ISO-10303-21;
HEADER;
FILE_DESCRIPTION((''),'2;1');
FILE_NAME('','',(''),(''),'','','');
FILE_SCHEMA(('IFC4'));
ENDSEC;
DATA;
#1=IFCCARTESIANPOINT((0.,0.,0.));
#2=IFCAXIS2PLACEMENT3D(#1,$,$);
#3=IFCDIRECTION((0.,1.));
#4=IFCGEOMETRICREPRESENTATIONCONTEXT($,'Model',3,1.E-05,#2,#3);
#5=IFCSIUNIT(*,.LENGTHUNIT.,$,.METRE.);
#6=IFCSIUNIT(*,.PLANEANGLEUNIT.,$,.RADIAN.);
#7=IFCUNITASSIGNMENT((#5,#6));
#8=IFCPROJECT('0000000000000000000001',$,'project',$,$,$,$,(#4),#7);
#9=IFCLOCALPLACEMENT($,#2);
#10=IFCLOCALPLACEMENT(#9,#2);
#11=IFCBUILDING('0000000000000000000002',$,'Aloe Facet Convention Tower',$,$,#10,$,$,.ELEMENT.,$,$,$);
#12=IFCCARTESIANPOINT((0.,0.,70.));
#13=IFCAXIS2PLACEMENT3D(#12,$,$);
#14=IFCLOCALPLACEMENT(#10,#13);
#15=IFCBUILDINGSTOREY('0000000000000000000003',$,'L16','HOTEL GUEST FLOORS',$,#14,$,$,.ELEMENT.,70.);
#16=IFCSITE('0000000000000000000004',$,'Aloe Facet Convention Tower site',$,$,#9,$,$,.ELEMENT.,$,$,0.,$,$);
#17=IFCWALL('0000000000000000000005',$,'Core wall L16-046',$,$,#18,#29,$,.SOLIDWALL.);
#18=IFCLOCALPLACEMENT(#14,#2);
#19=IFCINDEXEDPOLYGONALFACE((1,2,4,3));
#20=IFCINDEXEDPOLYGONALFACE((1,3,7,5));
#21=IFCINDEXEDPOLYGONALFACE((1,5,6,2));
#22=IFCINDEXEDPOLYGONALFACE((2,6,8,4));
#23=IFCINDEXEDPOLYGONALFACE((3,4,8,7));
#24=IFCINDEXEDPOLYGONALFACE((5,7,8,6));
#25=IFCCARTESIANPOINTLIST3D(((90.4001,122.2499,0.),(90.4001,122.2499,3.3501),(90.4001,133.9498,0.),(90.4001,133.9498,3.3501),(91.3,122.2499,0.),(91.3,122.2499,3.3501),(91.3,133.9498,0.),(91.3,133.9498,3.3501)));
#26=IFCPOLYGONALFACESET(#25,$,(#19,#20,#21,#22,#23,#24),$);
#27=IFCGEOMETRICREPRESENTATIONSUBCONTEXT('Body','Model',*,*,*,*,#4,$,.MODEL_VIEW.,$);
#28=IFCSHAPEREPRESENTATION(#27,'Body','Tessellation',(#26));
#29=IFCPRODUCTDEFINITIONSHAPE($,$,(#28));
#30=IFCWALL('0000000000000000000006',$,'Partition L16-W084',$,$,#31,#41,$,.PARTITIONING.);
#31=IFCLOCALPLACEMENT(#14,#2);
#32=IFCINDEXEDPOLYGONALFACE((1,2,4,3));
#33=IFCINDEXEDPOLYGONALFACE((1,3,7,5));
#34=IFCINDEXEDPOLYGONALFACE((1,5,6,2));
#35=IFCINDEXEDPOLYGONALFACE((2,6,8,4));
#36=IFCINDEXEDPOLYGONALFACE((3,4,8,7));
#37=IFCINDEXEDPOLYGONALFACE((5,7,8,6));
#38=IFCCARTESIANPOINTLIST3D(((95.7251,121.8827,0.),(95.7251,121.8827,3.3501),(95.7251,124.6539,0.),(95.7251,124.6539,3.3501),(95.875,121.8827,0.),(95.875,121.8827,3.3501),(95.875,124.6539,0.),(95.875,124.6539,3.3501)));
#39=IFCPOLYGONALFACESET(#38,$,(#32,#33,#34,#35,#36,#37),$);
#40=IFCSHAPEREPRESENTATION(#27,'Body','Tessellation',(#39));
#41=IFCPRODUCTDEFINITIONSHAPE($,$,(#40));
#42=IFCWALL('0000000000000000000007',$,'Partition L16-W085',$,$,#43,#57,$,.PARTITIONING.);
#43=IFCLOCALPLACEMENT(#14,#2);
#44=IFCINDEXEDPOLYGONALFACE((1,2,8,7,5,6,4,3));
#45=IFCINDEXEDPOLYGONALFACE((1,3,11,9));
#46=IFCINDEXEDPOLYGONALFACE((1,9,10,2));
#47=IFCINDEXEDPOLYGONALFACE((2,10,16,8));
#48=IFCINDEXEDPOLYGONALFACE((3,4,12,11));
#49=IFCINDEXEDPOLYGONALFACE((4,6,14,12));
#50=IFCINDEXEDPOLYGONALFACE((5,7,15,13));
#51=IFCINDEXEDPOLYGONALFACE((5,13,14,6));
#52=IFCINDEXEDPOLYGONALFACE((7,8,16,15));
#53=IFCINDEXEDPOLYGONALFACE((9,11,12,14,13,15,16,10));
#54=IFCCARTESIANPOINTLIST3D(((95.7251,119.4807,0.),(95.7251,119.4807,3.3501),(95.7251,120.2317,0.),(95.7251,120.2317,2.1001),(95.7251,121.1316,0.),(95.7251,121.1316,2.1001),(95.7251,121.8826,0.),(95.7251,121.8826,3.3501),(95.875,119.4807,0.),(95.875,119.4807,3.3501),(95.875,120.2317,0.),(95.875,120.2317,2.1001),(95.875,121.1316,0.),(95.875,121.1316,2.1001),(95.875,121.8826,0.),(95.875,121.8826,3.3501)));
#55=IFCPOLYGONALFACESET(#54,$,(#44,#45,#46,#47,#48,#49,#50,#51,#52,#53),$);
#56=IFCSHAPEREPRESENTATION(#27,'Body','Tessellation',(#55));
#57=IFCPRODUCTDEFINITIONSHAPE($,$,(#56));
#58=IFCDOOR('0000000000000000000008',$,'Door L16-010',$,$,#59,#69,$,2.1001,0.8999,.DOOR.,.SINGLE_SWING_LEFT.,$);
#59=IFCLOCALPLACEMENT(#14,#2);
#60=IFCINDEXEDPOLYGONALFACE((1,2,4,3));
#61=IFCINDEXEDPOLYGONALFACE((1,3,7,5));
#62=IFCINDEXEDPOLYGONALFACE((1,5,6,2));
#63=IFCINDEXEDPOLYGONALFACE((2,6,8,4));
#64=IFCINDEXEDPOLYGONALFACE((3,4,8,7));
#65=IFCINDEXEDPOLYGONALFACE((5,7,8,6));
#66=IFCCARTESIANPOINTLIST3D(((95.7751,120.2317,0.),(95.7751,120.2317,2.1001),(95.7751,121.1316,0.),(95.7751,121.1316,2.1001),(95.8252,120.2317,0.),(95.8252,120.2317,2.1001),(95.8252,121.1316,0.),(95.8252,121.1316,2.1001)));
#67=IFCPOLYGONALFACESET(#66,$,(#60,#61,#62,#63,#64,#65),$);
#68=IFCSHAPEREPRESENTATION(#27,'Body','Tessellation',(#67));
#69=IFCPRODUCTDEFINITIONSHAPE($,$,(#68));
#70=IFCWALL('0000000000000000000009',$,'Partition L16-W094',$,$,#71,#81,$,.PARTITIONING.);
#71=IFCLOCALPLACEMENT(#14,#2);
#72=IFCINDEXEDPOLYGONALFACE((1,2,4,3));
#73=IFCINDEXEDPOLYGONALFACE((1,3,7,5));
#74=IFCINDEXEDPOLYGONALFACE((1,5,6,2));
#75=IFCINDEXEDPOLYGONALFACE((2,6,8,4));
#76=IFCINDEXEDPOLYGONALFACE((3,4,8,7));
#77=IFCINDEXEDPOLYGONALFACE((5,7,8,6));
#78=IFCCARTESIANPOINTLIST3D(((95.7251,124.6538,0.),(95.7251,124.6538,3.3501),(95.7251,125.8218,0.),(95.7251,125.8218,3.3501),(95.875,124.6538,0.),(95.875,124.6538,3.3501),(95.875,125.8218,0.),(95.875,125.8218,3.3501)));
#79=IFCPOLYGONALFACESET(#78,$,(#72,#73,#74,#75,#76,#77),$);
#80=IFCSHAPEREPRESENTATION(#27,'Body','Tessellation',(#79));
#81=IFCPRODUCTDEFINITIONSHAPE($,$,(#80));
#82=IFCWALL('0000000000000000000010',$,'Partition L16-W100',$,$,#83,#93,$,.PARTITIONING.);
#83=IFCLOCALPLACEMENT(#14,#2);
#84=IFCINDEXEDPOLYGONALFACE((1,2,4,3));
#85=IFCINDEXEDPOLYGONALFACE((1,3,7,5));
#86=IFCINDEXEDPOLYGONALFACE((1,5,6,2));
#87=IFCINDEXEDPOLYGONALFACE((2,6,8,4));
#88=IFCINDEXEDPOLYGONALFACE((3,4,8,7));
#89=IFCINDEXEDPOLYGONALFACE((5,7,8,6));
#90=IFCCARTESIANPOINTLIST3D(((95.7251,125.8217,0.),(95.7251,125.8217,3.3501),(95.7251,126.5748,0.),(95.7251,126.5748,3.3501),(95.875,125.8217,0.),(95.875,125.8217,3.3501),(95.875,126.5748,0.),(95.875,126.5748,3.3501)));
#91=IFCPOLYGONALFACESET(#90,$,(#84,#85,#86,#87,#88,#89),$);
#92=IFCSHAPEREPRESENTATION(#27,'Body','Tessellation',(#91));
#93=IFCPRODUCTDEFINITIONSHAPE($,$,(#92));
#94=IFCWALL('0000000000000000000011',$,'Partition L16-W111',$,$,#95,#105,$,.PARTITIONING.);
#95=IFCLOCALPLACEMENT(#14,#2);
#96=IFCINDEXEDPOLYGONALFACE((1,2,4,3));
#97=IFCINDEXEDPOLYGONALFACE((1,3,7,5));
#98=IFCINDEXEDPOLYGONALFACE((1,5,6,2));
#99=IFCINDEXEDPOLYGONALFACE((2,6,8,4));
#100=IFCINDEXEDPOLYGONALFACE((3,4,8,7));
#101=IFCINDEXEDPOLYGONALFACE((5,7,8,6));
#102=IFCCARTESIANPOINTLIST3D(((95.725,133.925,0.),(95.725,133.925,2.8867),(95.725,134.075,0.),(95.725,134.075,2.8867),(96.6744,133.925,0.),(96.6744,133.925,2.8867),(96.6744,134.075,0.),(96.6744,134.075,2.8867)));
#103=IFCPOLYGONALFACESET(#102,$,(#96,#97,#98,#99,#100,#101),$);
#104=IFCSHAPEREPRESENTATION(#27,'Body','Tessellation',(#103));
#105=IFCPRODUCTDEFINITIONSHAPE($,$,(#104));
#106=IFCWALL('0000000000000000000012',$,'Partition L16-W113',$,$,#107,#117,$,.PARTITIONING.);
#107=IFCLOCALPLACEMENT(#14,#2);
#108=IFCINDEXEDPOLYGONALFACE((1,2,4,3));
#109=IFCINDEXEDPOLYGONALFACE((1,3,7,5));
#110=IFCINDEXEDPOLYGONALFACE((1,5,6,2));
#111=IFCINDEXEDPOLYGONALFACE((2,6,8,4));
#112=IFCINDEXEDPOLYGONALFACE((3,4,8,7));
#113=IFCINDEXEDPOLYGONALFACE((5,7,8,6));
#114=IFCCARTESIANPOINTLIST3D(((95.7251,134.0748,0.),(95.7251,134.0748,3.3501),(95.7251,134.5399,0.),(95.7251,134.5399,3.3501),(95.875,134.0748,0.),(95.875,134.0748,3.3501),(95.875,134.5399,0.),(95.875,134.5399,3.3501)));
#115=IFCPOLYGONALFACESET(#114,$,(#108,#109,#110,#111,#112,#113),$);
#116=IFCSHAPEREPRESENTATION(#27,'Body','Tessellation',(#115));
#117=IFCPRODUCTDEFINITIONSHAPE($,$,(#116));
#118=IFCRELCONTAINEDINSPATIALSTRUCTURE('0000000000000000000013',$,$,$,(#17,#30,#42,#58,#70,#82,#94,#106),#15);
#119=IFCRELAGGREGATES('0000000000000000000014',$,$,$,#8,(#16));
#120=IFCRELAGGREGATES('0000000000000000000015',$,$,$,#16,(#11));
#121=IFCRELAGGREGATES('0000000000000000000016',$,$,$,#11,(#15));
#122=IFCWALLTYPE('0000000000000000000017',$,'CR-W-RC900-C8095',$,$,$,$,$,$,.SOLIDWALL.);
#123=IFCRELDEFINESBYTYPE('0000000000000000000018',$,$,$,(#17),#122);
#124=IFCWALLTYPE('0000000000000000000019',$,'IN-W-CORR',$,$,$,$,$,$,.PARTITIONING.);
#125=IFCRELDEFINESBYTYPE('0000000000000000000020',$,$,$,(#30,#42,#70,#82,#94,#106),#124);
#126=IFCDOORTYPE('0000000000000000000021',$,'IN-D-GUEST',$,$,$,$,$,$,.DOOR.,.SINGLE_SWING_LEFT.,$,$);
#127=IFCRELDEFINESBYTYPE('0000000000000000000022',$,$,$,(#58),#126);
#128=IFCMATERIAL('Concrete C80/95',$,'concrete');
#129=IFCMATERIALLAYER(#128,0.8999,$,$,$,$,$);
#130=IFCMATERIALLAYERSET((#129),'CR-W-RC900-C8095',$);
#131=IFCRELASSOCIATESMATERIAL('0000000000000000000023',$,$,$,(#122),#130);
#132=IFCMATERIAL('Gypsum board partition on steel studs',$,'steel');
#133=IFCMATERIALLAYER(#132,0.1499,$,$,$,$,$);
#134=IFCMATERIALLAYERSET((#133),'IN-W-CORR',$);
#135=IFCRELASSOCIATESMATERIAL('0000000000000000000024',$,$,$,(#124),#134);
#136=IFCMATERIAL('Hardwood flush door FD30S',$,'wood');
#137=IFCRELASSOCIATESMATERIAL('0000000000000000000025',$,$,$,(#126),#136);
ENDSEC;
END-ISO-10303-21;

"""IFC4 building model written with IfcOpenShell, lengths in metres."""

from ifc_helpers import new_model, si_unit, direction, frame, frame_2d, origin, place, context, subcontext, project, spatial, rectangle, extrude, material, layer, layer_set, type_object, element, fill, save


model = new_model("IFC4")

# Units and contexts
model_context = context("Model", 3, precision=1e-05, world=origin(), true_north=direction((0.0, 1.0)))
body_context = subcontext(model_context, "Body", "Model", "MODEL_VIEW")
ifc_project = project(units=[si_unit("LENGTHUNIT", "METRE"), si_unit("PLANEANGLEUNIT", "RADIAN")], contexts=[model_context])

# Site, building, storey
site_placement = place(None, origin())
site = spatial("IfcSite", under=ifc_project, at=site_placement, Name="Aloe Facet Convention Tower site", CompositionType="ELEMENT", RefElevation=0.0)
building_placement = place(site_placement, origin())
building = spatial("IfcBuilding", under=site, at=building_placement, Name="Aloe Facet Convention Tower", CompositionType="ELEMENT")
storey_placement = place(building_placement, frame((0.0, 0.0, 70.0)))
storey = spatial("IfcBuildingStorey", under=building, at=storey_placement, Name="L16", Description="HOTEL GUEST FLOORS", CompositionType="ELEMENT", Elevation=70.0)

# Walls
ifc_material_1 = material(Name="Concrete C80/95", Category="concrete")
ifc_layer_1 = layer(ifc_material_1, 0.8999)
ifc_layer_set_1 = layer_set([ifc_layer_1], Name="CR-W-RC900-C8095")
wall_type_1 = type_object("IfcWallType", Name="CR-W-RC900-C8095", PredefinedType="SOLIDWALL", material=ifc_layer_set_1)
wall_1_placement = place(storey_placement, frame((90.8501, 133.95, 0.0), z_axis=(0.0, 0.0, 1.0), x_axis=(0.0, -1.0, 0.0)))
element("IfcWall", 1, at=wall_1_placement, inside=storey, type_object=wall_type_1, Name="Core wall L16-046", PredefinedType="SOLIDWALL", context=body_context, shape_type="SweptSolid", body=[
    extrude(rectangle(XDim=11.7, YDim=0.8999, at=frame_2d((5.8501, 0.0))), origin(), (0.0, 0.0, 1.0), 3.3501),
])
ifc_material_2 = material(Name="Gypsum board partition on steel studs", Category="steel")
ifc_layer_2 = layer(ifc_material_2, 0.1499)
ifc_layer_set_2 = layer_set([ifc_layer_2], Name="IN-W-CORR")
wall_type_2 = type_object("IfcWallType", Name="IN-W-CORR", PredefinedType="PARTITIONING", material=ifc_layer_set_2)
wall_2_placement = place(storey_placement, frame((95.8, 121.8826, 0.0), z_axis=(0.0, 0.0, 1.0), x_axis=(0.0, 1.0, 0.0)))
element("IfcWall", 2, at=wall_2_placement, inside=storey, type_object=wall_type_2, Name="Partition L16-W084", PredefinedType="PARTITIONING", context=body_context, shape_type="SweptSolid", body=[
    extrude(rectangle(XDim=2.7712, YDim=0.1499, at=frame_2d((1.3857, 0.0))), origin(), (0.0, 0.0, 1.0), 3.3501),
])

# Wall, opening, door
wall_3_placement = place(storey_placement, frame((95.8, 119.4807, 0.0), z_axis=(0.0, 0.0, 1.0), x_axis=(0.0, 1.0, 0.0)))
wall_3 = element("IfcWall", 3, at=wall_3_placement, inside=storey, type_object=wall_type_2, Name="Partition L16-W085", PredefinedType="PARTITIONING", context=body_context, shape_type="SweptSolid", body=[
    extrude(rectangle(XDim=2.4019, YDim=0.1499, at=frame_2d((1.2009, 0.0))), origin(), (0.0, 0.0, 1.0), 3.3501),
])
opening_1_placement = place(wall_3_placement, frame((0.751, 0.0, 0.0)))
opening_1 = element("IfcOpeningElement", 4, at=opening_1_placement, cuts=wall_3, PredefinedType="OPENING", context=body_context, shape_type="SweptSolid", body=[
    extrude(rectangle(XDim=0.8999, YDim=2.1001, at=frame_2d((0.45, 1.05))), frame((0.0, 0.085, 0.0), z_axis=(0.0, -1.0, 0.0), x_axis=(1.0, 0.0, 0.0)), (0.0, 0.0, 1.0), 0.1699),
])
ifc_material_3 = material(Name="Hardwood flush door FD30S", Category="wood")
door_type_1 = type_object("IfcDoorType", Name="IN-D-GUEST", OperationType="SINGLE_SWING_LEFT", PredefinedType="DOOR", material=ifc_material_3)
door_1_placement = place(opening_1_placement, origin())
door_1 = element("IfcDoor", 5, at=door_1_placement, inside=storey, type_object=door_type_1, Name="Door L16-010", OperationType="SINGLE_SWING_LEFT", OverallHeight=2.1001, OverallWidth=0.8999, PredefinedType="DOOR", context=body_context, shape_type="SweptSolid", body=[
    extrude(rectangle(XDim=0.8999, YDim=2.1001, at=frame_2d((0.45, 1.05))), frame((0.0, 0.0249, 0.0), z_axis=(0.0, -1.0, 0.0), x_axis=(1.0, 0.0, 0.0)), (0.0, 0.0, 1.0), 0.05),
])
fill(opening_1, door_1)

# Walls
wall_4_placement = place(storey_placement, frame((95.8, 124.6538, 0.0), z_axis=(0.0, 0.0, 1.0), x_axis=(0.0, 1.0, 0.0)))
element("IfcWall", 6, at=wall_4_placement, inside=storey, type_object=wall_type_2, Name="Partition L16-W094", PredefinedType="PARTITIONING", context=body_context, shape_type="SweptSolid", body=[
    extrude(rectangle(XDim=1.168, YDim=0.1499, at=frame_2d((0.584, 0.0))), origin(), (0.0, 0.0, 1.0), 3.3501),
])
wall_5_placement = place(storey_placement, frame((95.8, 125.8218, 0.0), z_axis=(0.0, 0.0, 1.0), x_axis=(0.0, 1.0, 0.0)))
element("IfcWall", 7, at=wall_5_placement, inside=storey, type_object=wall_type_2, Name="Partition L16-W100", PredefinedType="PARTITIONING", context=body_context, shape_type="SweptSolid", body=[
    extrude(rectangle(XDim=0.7532, YDim=0.1499, at=frame_2d((0.3765, 0.0))), origin(), (0.0, 0.0, 1.0), 3.3501),
])
wall_6_placement = place(storey_placement, frame((95.7251, 134.0, 0.0), z_axis=(0.0, 0.0, 1.0), x_axis=(1.0, 0.0, 0.0)))
element("IfcWall", 8, at=wall_6_placement, inside=storey, type_object=wall_type_2, Name="Partition L16-W111", PredefinedType="PARTITIONING", context=body_context, shape_type="SweptSolid", body=[
    extrude(rectangle(XDim=0.9495, YDim=0.1499, at=frame_2d((0.4746, 0.0))), origin(), (0.0, 0.0, 1.0), 2.8867),
])
wall_7_placement = place(storey_placement, frame((95.8, 134.075, 0.0), z_axis=(0.0, 0.0, 1.0), x_axis=(0.0, 1.0, 0.0)))
element("IfcWall", 9, at=wall_7_placement, inside=storey, type_object=wall_type_2, Name="Partition L16-W113", PredefinedType="PARTITIONING", context=body_context, shape_type="SweptSolid", body=[
    extrude(rectangle(XDim=0.4651, YDim=0.1499, at=frame_2d((0.2324, 0.0))), origin(), (0.0, 0.0, 1.0), 3.3501),
])

save(model, "model.ifc")
